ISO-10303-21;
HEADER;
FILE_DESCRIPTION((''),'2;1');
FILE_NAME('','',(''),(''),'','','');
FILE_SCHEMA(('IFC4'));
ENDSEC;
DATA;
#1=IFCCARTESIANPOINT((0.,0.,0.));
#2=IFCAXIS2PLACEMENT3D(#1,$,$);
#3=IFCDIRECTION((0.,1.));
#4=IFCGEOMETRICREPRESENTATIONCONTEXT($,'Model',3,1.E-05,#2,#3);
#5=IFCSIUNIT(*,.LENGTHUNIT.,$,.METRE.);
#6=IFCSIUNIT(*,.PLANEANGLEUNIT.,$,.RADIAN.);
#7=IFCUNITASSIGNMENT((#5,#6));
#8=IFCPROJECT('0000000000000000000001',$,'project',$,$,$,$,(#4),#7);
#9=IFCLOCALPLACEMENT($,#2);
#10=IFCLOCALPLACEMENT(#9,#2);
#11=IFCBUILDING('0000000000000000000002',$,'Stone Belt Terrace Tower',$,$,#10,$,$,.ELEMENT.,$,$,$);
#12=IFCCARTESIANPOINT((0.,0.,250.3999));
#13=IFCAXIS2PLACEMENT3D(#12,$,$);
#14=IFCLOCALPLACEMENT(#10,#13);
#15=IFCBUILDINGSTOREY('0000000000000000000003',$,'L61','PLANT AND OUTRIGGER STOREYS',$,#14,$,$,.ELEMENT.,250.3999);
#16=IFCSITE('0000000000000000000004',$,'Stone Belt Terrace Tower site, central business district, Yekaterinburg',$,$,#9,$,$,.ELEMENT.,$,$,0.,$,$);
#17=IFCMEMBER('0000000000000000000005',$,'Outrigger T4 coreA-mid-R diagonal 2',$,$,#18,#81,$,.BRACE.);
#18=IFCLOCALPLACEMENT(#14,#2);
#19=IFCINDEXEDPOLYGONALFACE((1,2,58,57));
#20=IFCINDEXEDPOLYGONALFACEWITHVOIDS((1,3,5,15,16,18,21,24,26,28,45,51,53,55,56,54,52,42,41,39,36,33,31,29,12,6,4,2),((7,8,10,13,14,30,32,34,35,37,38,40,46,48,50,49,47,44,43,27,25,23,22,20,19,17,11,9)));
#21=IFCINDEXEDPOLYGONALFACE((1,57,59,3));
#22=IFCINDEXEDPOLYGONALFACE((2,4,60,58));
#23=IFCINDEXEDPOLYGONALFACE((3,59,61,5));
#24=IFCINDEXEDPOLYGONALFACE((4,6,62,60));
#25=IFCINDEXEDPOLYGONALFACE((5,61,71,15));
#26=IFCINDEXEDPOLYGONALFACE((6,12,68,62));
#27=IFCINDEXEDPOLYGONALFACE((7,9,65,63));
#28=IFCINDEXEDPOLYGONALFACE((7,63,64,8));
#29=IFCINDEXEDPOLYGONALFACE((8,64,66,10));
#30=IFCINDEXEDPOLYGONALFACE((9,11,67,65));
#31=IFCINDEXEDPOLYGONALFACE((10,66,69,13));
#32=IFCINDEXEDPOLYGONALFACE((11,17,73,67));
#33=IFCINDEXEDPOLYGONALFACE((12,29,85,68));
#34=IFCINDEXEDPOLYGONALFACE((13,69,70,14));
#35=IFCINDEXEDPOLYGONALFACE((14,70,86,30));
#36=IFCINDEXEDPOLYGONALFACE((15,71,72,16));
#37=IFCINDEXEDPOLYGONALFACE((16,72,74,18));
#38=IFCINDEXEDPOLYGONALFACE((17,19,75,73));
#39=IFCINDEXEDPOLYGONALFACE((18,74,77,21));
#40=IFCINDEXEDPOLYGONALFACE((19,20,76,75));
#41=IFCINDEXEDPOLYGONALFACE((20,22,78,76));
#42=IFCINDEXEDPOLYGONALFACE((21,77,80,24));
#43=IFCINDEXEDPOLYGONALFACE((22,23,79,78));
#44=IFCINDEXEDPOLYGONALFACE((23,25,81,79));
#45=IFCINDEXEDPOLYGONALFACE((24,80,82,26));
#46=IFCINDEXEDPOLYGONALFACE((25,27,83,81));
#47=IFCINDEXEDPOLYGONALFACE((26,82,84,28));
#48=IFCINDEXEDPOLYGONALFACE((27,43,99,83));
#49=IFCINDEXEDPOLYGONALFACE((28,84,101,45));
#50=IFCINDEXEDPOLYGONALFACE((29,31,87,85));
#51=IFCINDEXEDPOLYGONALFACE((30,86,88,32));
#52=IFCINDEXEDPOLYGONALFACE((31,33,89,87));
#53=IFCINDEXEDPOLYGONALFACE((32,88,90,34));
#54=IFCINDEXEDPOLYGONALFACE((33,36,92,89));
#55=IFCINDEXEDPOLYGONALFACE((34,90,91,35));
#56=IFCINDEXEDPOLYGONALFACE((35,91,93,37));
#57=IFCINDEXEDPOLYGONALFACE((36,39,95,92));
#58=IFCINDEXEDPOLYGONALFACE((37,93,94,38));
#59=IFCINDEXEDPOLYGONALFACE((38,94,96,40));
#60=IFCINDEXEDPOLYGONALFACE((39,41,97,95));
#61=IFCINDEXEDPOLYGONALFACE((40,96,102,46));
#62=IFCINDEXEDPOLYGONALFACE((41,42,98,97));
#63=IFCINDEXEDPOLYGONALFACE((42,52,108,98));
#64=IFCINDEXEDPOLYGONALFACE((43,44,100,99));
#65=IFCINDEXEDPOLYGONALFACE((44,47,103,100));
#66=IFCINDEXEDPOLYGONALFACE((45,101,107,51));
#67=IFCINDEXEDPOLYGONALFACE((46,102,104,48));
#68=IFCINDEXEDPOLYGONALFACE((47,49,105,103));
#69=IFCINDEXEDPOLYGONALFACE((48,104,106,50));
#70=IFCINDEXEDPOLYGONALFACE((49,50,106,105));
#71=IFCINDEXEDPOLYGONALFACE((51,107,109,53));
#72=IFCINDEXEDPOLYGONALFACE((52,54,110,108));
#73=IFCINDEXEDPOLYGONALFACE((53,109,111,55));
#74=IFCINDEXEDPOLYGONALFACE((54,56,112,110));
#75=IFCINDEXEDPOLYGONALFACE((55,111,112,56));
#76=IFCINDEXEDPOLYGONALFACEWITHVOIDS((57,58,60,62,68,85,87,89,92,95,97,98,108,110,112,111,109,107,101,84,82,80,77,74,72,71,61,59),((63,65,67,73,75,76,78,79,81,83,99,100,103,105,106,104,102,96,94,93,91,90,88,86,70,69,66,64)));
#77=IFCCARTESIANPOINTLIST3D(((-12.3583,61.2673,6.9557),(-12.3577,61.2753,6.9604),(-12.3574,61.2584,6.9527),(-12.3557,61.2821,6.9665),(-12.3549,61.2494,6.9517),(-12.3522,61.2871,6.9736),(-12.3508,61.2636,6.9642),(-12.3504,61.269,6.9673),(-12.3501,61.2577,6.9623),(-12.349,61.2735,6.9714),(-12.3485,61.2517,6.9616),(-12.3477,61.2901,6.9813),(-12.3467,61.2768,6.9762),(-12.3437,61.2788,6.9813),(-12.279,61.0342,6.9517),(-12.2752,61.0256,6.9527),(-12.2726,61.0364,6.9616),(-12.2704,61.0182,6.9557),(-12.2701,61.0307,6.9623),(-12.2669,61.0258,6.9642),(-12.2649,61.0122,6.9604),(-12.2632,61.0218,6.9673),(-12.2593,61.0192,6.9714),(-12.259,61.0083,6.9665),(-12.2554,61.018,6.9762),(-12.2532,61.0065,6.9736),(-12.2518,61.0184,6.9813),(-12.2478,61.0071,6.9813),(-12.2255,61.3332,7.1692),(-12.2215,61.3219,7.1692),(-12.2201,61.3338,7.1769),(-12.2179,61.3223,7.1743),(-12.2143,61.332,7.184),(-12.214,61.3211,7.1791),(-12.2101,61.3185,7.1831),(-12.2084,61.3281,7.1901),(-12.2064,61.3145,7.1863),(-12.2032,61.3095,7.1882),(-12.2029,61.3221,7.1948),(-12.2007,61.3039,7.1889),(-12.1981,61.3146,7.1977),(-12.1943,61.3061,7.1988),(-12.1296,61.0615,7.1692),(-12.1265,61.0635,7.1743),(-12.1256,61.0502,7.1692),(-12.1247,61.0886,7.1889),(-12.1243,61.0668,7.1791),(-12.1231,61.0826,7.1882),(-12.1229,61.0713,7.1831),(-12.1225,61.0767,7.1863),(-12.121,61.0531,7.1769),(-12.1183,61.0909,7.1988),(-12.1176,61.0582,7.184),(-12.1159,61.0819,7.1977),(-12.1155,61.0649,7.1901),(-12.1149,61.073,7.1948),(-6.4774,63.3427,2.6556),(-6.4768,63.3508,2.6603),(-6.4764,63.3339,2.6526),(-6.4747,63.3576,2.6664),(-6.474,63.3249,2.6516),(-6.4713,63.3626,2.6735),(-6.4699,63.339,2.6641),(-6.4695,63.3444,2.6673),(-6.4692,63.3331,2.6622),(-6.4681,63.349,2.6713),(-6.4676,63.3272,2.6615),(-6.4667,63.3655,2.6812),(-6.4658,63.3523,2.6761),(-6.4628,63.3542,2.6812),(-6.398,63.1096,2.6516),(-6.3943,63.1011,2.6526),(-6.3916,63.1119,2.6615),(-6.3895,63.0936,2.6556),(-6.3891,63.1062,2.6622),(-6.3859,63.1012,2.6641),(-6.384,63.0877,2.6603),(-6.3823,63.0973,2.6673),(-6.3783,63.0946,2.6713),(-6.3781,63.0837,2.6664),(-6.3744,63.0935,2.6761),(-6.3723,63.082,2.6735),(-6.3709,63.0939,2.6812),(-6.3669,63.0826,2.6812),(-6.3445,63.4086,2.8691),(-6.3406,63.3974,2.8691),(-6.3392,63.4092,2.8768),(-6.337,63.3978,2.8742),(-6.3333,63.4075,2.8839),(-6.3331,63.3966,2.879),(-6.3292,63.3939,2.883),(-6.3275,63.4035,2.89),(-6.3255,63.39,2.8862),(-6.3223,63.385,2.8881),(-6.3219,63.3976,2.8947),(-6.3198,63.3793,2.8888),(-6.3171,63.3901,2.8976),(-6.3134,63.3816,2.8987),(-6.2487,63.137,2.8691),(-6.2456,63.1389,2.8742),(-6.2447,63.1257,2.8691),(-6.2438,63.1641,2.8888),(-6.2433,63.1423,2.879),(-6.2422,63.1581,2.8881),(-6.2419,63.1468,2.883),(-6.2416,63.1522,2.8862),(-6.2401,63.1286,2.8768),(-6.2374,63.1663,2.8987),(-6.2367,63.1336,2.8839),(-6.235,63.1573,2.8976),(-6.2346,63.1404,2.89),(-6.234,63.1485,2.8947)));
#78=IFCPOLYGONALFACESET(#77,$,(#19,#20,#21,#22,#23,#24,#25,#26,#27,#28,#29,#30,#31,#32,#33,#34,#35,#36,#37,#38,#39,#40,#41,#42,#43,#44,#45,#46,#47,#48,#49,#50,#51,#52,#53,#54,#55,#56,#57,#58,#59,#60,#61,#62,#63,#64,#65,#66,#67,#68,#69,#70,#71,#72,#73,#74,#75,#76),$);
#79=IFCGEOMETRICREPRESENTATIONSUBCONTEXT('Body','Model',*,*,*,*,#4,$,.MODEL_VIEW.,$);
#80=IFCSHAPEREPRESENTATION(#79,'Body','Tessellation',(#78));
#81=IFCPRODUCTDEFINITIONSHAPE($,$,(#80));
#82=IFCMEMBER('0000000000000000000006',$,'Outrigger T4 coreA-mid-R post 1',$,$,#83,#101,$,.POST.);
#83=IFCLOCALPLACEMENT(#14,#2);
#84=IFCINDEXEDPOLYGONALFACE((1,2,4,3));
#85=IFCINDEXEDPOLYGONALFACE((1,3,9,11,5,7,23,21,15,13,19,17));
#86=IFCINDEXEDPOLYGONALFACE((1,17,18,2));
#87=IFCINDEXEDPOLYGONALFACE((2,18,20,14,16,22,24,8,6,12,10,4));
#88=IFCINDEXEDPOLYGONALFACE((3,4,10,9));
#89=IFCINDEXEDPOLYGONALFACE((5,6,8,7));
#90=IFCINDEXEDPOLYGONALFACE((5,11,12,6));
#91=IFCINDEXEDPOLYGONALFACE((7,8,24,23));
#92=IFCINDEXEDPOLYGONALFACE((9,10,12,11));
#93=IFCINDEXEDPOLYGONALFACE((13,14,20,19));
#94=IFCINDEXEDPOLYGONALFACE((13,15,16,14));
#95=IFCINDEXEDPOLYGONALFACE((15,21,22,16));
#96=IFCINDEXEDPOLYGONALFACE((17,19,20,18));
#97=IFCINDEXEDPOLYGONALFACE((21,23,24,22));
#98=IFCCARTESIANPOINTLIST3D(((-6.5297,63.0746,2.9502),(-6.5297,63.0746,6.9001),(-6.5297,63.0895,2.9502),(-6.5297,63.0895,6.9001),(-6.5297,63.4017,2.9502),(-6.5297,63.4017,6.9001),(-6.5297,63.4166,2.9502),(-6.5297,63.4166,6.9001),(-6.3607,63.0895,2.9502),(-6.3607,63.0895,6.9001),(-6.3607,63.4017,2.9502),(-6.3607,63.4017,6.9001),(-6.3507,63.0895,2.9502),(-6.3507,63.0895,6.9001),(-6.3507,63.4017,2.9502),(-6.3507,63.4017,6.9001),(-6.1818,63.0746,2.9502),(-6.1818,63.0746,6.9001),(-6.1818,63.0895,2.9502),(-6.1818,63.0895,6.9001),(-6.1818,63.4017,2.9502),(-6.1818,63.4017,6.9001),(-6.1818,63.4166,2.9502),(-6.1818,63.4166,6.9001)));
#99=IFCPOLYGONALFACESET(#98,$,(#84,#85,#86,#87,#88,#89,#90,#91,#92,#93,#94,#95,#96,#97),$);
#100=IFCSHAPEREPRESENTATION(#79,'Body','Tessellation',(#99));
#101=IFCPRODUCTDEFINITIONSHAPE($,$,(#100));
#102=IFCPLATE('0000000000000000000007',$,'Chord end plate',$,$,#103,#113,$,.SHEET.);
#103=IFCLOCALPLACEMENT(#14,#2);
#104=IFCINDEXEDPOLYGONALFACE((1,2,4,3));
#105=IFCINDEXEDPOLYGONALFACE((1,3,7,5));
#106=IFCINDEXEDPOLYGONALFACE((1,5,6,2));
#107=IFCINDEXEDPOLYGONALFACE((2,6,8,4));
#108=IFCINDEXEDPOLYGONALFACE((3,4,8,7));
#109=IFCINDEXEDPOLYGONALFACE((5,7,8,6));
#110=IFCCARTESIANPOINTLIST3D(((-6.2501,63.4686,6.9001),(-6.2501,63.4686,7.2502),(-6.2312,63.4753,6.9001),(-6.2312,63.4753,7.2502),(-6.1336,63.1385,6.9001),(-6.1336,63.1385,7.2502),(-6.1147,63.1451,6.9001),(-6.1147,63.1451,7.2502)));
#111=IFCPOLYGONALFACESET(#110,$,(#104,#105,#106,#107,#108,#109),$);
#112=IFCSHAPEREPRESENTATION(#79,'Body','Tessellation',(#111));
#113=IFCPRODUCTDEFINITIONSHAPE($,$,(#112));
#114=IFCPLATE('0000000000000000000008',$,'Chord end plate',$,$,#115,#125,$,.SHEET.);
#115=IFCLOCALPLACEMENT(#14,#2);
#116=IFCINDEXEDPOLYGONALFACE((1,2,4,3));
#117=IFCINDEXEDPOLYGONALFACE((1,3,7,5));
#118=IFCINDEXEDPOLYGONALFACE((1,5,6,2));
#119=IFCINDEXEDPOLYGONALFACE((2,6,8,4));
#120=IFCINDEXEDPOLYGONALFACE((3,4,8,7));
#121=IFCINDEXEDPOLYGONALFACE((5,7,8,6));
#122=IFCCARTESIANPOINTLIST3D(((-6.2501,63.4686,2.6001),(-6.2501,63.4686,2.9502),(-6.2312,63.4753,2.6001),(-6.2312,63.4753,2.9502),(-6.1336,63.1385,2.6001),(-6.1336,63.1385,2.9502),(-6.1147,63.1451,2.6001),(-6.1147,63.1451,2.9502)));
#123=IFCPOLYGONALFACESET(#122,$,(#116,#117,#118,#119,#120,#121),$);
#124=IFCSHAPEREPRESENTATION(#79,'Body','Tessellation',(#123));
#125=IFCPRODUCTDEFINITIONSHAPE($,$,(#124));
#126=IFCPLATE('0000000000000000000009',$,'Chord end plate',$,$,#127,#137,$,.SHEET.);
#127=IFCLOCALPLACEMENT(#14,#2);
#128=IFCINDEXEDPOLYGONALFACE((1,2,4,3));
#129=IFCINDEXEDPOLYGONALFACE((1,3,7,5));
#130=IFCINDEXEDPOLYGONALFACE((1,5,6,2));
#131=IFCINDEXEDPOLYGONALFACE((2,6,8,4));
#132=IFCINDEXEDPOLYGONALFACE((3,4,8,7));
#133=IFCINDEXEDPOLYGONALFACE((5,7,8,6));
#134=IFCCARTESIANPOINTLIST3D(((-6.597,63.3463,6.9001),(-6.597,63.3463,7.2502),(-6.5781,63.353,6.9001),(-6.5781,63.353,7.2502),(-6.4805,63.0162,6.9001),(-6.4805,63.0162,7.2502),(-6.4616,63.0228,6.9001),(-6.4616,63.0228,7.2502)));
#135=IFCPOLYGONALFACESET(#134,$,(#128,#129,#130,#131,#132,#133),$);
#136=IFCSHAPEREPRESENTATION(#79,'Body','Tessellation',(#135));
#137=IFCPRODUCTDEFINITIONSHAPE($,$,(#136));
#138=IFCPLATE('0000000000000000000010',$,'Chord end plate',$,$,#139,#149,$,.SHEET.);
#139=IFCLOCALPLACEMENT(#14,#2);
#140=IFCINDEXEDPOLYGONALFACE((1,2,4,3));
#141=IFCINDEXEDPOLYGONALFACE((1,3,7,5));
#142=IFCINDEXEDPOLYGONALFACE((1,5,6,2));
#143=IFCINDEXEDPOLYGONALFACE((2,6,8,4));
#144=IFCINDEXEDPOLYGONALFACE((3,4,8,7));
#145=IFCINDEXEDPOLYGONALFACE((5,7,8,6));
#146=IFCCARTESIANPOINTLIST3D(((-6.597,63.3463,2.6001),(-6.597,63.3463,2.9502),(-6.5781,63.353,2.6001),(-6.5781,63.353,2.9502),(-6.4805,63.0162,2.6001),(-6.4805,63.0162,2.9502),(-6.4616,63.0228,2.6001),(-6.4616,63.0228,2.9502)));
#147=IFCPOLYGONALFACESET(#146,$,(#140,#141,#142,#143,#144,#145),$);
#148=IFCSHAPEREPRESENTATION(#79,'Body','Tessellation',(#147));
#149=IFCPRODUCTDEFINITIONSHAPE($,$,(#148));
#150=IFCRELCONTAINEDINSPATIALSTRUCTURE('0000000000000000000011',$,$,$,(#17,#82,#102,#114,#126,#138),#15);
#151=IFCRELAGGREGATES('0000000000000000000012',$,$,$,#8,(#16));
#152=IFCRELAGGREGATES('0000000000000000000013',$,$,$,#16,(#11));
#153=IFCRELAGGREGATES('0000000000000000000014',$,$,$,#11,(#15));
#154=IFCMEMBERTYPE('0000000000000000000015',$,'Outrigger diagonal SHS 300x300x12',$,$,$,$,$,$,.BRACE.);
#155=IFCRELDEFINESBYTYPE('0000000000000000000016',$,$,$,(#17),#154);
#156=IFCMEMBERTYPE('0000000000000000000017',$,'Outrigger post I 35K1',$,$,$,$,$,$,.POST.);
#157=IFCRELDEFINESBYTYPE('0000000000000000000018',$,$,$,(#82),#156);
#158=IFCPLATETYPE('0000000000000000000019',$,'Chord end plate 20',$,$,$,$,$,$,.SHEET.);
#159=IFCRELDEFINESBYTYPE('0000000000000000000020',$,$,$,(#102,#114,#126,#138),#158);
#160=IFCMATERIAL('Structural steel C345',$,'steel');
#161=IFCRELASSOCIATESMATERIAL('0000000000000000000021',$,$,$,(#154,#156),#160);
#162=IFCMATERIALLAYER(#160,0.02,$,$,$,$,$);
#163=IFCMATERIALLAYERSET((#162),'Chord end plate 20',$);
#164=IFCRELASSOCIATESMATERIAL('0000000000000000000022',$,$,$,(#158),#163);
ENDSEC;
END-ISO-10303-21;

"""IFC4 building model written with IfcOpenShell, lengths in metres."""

from ifc_helpers import new_model, si_unit, direction, frame, origin, origin_2d, place, context, subcontext, project, spatial, rectangle, hollow_rectangle, i_section, extrude, material, layer, layer_set, material_profile, profile_set, type_object, element, save


model = new_model("IFC4")

# Units and contexts
model_context = context("Model", 3, precision=1e-05, world=origin(), true_north=direction((0.0, 1.0)))
body_context = subcontext(model_context, "Body", "Model", "MODEL_VIEW")
ifc_project = project(units=[si_unit("LENGTHUNIT", "METRE"), si_unit("PLANEANGLEUNIT", "RADIAN")], contexts=[model_context])

# Site, building, storey
site_placement = place(None, origin())
site = spatial("IfcSite", under=ifc_project, at=site_placement, Name="Stone Belt Terrace Tower site, central business district, Yekaterinburg", CompositionType="ELEMENT", RefElevation=0.0)
building_placement = place(site_placement, origin())
building = spatial("IfcBuilding", under=site, at=building_placement, Name="Stone Belt Terrace Tower", CompositionType="ELEMENT")
storey_placement = place(building_placement, frame((0.0, 0.0, 250.3999)))
storey = spatial("IfcBuildingStorey", under=building, at=storey_placement, Name="L61", Description="PLANT AND OUTRIGGER STOREYS", CompositionType="ELEMENT", Elevation=250.3999)

# Members
ifc_material_1 = material(Name="Structural steel C345", Category="steel")
ifc_material_profile_1 = material_profile(ifc_material_1, hollow_rectangle(XDim=0.3, YDim=0.3, WallThickness=0.012, InnerFilletRadius=0.0239, OuterFilletRadius=0.0359, at=origin_2d()), Name="SHS 300x300x12")
ifc_profile_set_1 = profile_set([ifc_material_profile_1], Name="Structural steel C345")
member_type_1 = type_object("IfcMemberType", Name="Outrigger diagonal SHS 300x300x12", PredefinedType="BRACE", material=ifc_profile_set_1)
member_1_placement = place(storey_placement, frame((-6.3557, 63.2456, 2.7751), z_axis=(-0.776339, -0.273981, 0.567655), x_axis=(0.332798, -0.942998, 0.0)))
element("IfcMember", 1, at=member_1_placement, inside=storey, type_object=member_type_1, Name="Outrigger T4 coreA-mid-R diagonal 2", PredefinedType="BRACE", context=body_context, shape_type="SweptSolid", body=[
    extrude(hollow_rectangle(XDim=0.3, YDim=0.3, WallThickness=0.012, InnerFilletRadius=0.0239, OuterFilletRadius=0.0359, at=origin_2d()), origin(), (0.0, 0.0, 1.0), 7.5752),
])
ifc_material_profile_2 = material_profile(ifc_material_1, i_section(OverallWidth=0.3479, OverallDepth=0.342, WebThickness=0.01, FlangeThickness=0.0149, at=origin_2d()), Name="I 35K1")
ifc_profile_set_2 = profile_set([ifc_material_profile_2], Name="Structural steel C345")
member_type_2 = type_object("IfcMemberType", Name="Outrigger post I 35K1", PredefinedType="POST", material=ifc_profile_set_2)
member_2_placement = place(storey_placement, frame((-6.3557, 63.2456, 2.9502), z_axis=(0.0, 0.0, 1.0), x_axis=(1.0, 0.0, 0.0)))
element("IfcMember", 2, at=member_2_placement, inside=storey, type_object=member_type_2, Name="Outrigger T4 coreA-mid-R post 1", PredefinedType="POST", context=body_context, shape_type="SweptSolid", body=[
    extrude(i_section(OverallWidth=0.3479, OverallDepth=0.342, WebThickness=0.01, FlangeThickness=0.0149, at=origin_2d()), origin(), (0.0, 0.0, 1.0), 3.95),
])

# Plates
ifc_layer_1 = layer(ifc_material_1, 0.02)
ifc_layer_set_1 = layer_set([ifc_layer_1], Name="Chord end plate 20")
plate_type = type_object("IfcPlateType", Name="Chord end plate 20", PredefinedType="SHEET", material=ifc_layer_set_1)
for number, where, z_axis, x_axis, name in (
    (3, (-6.1824, 63.3069, 6.9001), (0.0, 0.0, 1.0), (-0.942994, -0.33281, 0.0), "Chord end plate"),
    (4, (-6.1824, 63.3069, 2.6001), (0.0, 0.0, 1.0), (-0.942994, -0.33281, 0.0), "Chord end plate"),
    (5, (-6.5293, 63.1846, 6.9001), (0.0, 0.0, 1.0), (0.942994, 0.33281, 0.0), "Chord end plate"),
    (6, (-6.5293, 63.1846, 2.6001), (0.0, 0.0, 1.0), (0.942994, 0.33281, 0.0), "Chord end plate"),
):
    element("IfcPlate", number, at=place(storey_placement, frame(where, z_axis=z_axis, x_axis=x_axis)), inside=storey, type_object=plate_type, Name=name, PredefinedType="SHEET", context=body_context, shape_type="SweptSolid", body=[
        extrude(rectangle(XDim=0.02, YDim=0.3501, at=origin_2d()), origin(), (0.0, 0.0, 1.0), 0.3501),
    ])

save(model, "model.ifc")
